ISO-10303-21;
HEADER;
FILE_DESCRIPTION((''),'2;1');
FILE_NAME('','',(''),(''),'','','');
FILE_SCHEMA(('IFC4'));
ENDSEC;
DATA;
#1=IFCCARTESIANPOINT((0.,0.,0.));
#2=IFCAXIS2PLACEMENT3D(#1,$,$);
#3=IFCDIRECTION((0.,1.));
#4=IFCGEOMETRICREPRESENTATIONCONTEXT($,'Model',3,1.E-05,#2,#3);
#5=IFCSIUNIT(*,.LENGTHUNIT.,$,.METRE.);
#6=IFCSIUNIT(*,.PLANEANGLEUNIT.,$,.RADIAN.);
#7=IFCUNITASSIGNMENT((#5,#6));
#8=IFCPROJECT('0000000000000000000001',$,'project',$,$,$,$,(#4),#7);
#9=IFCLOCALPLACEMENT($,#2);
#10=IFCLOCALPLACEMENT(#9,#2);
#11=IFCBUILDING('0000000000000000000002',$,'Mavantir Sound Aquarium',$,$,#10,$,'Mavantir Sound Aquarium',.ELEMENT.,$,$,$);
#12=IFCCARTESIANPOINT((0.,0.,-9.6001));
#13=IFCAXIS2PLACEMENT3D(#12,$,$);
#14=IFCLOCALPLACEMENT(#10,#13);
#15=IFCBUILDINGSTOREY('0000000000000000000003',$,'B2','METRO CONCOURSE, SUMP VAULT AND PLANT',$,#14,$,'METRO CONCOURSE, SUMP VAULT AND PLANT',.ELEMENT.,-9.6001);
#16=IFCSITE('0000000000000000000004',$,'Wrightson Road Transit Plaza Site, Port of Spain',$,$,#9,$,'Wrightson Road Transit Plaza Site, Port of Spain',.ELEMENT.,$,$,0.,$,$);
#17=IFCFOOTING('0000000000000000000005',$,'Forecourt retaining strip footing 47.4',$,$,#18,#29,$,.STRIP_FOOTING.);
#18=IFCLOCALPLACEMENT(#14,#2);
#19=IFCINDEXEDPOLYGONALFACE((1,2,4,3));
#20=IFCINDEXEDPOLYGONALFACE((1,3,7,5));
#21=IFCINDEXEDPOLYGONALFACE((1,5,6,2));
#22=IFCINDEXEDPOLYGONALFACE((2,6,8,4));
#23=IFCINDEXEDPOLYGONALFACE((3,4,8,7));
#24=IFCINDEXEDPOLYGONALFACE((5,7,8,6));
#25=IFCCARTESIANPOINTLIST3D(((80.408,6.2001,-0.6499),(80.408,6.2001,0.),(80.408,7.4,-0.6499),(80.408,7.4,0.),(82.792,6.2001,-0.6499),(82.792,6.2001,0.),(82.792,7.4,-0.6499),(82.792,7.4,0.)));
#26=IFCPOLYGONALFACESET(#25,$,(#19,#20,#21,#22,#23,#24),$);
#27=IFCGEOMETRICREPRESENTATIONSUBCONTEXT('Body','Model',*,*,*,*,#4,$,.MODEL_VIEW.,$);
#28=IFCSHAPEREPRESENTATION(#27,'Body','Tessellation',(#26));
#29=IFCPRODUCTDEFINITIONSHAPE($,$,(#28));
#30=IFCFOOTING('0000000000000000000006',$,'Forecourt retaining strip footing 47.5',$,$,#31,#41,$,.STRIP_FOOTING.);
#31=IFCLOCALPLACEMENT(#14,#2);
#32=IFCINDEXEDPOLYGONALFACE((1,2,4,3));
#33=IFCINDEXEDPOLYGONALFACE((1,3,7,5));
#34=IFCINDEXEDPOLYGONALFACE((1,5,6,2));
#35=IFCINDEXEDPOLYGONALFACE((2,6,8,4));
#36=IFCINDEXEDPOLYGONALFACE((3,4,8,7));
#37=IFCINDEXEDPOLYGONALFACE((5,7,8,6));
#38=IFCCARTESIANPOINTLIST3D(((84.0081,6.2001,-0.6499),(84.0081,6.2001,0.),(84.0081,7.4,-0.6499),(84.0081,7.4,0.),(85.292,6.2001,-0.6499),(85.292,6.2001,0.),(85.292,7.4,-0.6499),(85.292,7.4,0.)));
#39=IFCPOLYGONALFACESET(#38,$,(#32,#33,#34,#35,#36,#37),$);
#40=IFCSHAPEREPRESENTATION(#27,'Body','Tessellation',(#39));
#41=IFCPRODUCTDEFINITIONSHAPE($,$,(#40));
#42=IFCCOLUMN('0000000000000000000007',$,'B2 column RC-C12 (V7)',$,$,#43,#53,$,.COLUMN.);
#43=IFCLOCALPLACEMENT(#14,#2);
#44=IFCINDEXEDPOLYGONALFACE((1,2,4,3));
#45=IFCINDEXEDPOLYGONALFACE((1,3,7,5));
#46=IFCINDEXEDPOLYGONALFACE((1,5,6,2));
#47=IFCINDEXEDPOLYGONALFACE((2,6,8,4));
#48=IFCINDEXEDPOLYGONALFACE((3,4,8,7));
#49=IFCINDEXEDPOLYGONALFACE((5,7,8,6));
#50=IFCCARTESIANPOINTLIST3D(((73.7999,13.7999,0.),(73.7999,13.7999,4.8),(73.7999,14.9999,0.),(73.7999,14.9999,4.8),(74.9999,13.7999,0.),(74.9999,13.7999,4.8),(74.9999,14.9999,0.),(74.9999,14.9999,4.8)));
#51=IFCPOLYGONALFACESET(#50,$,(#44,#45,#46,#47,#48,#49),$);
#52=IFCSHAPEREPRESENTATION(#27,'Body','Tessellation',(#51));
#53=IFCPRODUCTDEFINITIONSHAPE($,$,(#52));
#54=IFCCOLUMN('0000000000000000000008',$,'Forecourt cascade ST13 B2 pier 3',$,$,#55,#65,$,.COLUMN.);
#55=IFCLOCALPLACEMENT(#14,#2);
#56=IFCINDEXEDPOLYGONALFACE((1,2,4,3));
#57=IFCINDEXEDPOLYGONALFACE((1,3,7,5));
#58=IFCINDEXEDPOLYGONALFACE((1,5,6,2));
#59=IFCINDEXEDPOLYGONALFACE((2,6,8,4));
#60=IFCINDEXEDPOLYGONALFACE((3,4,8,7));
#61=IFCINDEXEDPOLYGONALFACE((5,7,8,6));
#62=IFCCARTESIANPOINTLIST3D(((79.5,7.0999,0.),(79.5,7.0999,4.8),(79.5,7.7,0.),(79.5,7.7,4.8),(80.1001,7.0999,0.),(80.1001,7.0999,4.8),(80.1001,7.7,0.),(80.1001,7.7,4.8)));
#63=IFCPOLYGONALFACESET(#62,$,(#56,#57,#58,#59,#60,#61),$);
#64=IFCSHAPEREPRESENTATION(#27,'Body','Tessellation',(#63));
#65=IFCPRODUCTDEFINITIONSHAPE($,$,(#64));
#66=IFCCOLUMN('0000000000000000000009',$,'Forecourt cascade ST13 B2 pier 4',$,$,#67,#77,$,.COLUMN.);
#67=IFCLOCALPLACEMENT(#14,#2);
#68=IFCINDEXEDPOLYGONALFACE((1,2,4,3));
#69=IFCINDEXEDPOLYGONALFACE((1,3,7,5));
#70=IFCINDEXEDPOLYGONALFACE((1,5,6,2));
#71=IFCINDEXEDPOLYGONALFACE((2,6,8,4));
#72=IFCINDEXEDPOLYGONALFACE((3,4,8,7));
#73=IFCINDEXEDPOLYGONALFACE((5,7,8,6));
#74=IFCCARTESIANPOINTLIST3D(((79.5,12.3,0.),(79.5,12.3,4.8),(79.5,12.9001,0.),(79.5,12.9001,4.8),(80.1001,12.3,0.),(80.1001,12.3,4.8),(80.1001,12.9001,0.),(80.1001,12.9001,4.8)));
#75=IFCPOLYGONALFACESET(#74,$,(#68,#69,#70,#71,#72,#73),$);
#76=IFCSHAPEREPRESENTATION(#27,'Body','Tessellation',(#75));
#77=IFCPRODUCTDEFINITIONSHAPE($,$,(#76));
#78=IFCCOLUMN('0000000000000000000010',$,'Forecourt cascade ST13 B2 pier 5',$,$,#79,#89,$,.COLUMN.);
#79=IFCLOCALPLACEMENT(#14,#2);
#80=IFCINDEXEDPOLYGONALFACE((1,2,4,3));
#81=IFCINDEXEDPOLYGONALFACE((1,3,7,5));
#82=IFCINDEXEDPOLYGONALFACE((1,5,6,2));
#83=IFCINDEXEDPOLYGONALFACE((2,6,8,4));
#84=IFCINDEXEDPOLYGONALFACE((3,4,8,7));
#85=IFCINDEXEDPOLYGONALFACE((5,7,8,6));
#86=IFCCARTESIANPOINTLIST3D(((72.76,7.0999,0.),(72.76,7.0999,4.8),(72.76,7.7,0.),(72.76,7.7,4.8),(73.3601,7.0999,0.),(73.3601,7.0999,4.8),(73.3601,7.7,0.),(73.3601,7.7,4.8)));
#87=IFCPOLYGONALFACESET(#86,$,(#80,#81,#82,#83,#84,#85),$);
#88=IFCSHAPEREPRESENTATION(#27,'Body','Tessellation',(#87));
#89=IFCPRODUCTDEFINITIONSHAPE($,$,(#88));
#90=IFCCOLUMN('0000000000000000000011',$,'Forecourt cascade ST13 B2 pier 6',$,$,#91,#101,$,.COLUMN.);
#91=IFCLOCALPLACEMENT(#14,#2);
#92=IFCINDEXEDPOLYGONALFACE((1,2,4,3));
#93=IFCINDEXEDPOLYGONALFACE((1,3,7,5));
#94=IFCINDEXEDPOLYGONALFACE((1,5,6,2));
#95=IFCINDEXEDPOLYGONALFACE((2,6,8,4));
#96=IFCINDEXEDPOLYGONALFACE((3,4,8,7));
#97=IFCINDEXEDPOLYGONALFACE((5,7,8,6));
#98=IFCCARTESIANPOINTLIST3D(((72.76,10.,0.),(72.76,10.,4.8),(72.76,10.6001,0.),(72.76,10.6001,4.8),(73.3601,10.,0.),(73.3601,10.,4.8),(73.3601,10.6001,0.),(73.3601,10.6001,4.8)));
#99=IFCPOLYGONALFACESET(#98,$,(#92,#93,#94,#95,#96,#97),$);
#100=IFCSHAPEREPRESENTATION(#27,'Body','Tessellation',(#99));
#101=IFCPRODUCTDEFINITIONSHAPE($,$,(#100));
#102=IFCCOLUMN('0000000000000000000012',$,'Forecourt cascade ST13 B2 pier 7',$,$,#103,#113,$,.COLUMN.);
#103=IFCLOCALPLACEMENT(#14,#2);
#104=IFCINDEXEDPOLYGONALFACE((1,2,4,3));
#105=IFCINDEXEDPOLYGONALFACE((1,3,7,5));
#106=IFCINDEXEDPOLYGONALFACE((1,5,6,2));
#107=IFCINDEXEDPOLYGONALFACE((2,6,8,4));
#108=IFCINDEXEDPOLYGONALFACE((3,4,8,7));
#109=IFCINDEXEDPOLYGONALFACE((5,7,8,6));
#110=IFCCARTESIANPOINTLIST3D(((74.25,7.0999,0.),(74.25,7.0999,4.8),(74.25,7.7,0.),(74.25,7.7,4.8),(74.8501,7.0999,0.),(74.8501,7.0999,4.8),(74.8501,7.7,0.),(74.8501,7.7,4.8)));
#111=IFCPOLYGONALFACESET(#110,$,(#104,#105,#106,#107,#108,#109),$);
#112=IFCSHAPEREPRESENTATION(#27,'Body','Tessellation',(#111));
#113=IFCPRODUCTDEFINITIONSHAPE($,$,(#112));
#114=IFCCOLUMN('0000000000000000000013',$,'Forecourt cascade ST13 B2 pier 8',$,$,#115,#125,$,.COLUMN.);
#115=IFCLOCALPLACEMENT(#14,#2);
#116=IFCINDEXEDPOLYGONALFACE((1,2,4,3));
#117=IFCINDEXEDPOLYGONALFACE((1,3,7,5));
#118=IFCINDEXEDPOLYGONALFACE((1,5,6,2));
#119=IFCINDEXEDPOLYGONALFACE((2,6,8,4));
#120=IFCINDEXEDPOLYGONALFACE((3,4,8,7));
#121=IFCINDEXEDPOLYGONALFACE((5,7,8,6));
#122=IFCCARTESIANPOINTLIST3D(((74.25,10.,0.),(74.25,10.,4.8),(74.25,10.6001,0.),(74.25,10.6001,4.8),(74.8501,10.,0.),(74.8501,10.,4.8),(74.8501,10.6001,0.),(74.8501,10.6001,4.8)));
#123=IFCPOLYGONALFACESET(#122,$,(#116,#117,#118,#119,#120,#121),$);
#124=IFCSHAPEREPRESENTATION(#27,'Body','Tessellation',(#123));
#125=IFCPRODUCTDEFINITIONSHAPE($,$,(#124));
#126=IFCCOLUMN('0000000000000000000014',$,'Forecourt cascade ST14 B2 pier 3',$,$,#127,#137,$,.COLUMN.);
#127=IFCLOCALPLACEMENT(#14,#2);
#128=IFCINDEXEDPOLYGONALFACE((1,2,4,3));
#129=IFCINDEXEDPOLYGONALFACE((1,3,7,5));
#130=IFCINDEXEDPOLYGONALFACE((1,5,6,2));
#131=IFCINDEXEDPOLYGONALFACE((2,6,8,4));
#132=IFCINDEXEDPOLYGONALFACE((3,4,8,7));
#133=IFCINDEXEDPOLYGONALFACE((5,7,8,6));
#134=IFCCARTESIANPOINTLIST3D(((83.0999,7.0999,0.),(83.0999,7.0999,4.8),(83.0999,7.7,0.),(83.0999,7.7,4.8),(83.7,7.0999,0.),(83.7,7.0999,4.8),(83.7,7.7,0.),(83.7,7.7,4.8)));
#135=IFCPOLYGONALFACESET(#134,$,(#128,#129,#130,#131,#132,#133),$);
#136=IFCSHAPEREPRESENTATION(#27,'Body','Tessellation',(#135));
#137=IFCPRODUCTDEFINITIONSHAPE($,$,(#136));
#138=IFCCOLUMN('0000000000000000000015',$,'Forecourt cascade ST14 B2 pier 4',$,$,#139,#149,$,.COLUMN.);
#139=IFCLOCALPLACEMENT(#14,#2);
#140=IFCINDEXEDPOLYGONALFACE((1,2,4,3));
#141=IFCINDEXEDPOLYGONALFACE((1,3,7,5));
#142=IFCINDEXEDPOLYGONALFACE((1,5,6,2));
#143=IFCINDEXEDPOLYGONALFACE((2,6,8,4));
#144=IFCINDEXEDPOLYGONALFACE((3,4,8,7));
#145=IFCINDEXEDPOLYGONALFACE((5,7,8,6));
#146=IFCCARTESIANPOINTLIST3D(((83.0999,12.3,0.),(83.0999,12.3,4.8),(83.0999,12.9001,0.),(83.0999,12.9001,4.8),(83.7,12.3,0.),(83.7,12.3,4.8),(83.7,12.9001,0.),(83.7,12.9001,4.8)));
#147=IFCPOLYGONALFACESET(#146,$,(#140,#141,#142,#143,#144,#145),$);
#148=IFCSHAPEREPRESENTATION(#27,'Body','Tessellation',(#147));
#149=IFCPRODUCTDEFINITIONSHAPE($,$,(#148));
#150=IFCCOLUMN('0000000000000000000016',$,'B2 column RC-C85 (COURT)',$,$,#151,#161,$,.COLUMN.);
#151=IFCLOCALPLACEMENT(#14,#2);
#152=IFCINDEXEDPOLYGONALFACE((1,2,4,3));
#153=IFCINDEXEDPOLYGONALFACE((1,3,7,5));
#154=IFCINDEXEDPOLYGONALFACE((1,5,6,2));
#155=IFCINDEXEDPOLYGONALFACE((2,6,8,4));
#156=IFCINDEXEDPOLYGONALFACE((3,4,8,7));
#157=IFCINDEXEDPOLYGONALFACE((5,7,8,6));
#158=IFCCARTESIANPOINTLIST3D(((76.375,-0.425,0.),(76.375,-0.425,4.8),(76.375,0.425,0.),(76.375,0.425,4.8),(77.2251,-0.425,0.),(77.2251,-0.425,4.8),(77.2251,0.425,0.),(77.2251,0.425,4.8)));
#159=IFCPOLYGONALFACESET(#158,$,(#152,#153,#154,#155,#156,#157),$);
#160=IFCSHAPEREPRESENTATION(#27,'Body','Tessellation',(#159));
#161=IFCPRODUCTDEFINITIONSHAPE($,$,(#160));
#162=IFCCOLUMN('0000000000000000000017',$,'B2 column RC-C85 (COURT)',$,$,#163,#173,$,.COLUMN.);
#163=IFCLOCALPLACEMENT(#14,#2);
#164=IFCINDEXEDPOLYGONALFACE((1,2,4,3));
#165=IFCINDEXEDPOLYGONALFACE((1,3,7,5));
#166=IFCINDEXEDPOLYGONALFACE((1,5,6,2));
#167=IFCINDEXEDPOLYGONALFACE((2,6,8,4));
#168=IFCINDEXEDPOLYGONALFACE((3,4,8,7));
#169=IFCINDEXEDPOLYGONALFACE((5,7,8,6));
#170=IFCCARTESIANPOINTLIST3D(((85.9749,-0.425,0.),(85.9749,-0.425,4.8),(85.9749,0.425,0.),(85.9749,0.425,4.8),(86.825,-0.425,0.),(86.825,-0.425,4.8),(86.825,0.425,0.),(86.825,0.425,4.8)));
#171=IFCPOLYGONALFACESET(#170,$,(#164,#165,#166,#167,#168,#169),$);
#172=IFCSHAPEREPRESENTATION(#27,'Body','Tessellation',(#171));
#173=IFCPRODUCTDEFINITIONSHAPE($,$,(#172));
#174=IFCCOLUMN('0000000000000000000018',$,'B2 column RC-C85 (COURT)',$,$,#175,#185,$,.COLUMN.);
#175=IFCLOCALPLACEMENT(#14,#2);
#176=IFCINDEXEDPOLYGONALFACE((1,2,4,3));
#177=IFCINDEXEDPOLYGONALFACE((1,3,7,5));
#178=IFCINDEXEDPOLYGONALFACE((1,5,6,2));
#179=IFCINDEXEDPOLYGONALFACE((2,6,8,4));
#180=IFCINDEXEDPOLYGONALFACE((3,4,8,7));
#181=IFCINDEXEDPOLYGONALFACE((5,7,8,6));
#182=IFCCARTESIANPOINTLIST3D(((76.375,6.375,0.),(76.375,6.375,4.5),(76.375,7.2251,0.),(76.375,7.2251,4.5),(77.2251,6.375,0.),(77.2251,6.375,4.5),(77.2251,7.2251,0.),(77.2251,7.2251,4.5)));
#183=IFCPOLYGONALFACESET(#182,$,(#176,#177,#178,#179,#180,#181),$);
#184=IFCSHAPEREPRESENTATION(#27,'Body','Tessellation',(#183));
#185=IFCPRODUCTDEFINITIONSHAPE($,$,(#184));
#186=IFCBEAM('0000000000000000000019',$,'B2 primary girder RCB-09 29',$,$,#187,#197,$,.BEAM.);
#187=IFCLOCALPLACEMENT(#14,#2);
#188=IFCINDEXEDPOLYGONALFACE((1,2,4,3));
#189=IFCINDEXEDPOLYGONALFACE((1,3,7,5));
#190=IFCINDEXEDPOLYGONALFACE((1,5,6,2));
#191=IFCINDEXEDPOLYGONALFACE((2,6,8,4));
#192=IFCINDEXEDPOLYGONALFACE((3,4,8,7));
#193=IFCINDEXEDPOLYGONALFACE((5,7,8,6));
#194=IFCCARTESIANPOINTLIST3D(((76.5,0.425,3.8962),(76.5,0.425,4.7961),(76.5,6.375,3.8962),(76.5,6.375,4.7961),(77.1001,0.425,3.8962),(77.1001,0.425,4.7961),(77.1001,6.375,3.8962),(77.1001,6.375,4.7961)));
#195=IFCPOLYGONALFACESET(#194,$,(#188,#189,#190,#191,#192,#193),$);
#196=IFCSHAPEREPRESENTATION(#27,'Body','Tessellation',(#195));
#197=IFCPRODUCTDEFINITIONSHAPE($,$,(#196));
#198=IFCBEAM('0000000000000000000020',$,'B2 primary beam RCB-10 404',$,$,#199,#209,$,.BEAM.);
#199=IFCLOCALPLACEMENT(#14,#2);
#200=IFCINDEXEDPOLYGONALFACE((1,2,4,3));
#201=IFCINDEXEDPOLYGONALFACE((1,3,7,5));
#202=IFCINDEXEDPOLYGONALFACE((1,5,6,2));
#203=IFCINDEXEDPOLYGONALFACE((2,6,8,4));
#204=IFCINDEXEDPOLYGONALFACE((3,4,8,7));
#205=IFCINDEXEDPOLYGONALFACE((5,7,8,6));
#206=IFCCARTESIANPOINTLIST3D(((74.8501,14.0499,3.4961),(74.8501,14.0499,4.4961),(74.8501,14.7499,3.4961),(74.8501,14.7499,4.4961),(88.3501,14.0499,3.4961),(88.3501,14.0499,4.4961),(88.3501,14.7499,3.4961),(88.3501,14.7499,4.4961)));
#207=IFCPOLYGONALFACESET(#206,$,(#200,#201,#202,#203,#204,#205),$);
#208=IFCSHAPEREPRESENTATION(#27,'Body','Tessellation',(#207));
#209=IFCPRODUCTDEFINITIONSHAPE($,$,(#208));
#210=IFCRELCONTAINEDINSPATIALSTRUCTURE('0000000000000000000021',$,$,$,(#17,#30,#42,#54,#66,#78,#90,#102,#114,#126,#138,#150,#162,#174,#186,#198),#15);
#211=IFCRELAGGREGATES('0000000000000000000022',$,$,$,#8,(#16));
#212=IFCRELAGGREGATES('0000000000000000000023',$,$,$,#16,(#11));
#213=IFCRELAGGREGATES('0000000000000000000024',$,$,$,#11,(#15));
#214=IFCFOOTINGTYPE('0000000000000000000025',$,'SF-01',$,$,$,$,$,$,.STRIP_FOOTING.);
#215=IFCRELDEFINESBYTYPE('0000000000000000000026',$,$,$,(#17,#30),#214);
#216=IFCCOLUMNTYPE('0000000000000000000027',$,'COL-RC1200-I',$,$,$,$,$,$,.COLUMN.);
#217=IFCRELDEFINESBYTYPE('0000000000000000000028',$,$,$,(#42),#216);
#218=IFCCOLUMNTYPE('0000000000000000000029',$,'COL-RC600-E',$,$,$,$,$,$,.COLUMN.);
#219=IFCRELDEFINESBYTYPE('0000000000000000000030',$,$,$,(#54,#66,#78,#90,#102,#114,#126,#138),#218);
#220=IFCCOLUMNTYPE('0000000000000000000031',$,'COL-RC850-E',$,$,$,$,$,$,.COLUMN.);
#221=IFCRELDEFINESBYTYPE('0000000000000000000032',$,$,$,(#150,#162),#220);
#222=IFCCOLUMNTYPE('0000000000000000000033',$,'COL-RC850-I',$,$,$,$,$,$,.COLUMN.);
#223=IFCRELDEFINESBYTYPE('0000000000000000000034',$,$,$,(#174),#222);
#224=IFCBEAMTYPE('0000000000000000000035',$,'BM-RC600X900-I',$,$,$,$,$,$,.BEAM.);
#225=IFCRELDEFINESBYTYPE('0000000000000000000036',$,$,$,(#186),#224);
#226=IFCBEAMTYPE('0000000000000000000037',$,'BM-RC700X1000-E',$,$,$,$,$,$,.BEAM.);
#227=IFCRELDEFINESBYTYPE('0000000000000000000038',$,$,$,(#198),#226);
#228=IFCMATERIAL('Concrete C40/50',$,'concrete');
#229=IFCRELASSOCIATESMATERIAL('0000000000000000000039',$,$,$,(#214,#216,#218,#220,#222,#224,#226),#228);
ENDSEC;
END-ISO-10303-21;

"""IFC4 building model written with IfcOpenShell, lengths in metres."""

from ifc_helpers import new_model, si_unit, direction, frame, origin, origin_2d, place, context, subcontext, project, spatial, rectangle, extrude, material, material_profile, profile_set, type_object, element, save


model = new_model("IFC4")

# Units and contexts
model_context = context("Model", 3, precision=1e-05, world=origin(), true_north=direction((0.0, 1.0)))
body_context = subcontext(model_context, "Body", "Model", "MODEL_VIEW")
ifc_project = project(units=[si_unit("LENGTHUNIT", "METRE"), si_unit("PLANEANGLEUNIT", "RADIAN")], contexts=[model_context])

# Site, building, storey
site_placement = place(None, origin())
site = spatial("IfcSite", under=ifc_project, at=site_placement, Name="Wrightson Road Transit Plaza Site, Port of Spain", LongName="Wrightson Road Transit Plaza Site, Port of Spain", CompositionType="ELEMENT", RefElevation=0.0)
building_placement = place(site_placement, origin())
building = spatial("IfcBuilding", under=site, at=building_placement, Name="Mavantir Sound Aquarium", LongName="Mavantir Sound Aquarium", CompositionType="ELEMENT")
storey_placement = place(building_placement, frame((0.0, 0.0, -9.6001)))
storey = spatial("IfcBuildingStorey", under=building, at=storey_placement, Name="B2", Description="METRO CONCOURSE, SUMP VAULT AND PLANT", LongName="METRO CONCOURSE, SUMP VAULT AND PLANT", CompositionType="ELEMENT", Elevation=-9.6001)

# Shared definitions
ifc_material = material(Name="Concrete C40/50", Category="concrete")

# Footings
ifc_material_profile_1 = material_profile(ifc_material, rectangle(XDim=1.2, YDim=0.6499, at=origin_2d()), Name="RC 1200X650")
ifc_profile_set_1 = profile_set([ifc_material_profile_1], Name="Concrete C40/50")
footing_type_1 = type_object("IfcFootingType", Name="SF-01", PredefinedType="STRIP_FOOTING", material=ifc_profile_set_1)
footing_1_placement = place(storey_placement, frame((80.408, 6.8, -0.325), z_axis=(1.0, 0.0, 0.0), x_axis=(0.0, 1.0, 0.0)))
element("IfcFooting", 1, at=footing_1_placement, inside=storey, type_object=footing_type_1, Name="Forecourt retaining strip footing 47.4", PredefinedType="STRIP_FOOTING", context=body_context, shape_type="SweptSolid", body=[
    extrude(rectangle(XDim=1.2, YDim=0.6499, at=origin_2d()), origin(), (0.0, 0.0, 1.0), 2.384),
])
footing_2_placement = place(storey_placement, frame((84.0081, 6.8, -0.325), z_axis=(1.0, 0.0, 0.0), x_axis=(0.0, 1.0, 0.0)))
element("IfcFooting", 2, at=footing_2_placement, inside=storey, type_object=footing_type_1, Name="Forecourt retaining strip footing 47.5", PredefinedType="STRIP_FOOTING", context=body_context, shape_type="SweptSolid", body=[
    extrude(rectangle(XDim=1.2, YDim=0.6499, at=origin_2d()), origin(), (0.0, 0.0, 1.0), 1.2839),
])

# Columns
ifc_material_profile_2 = material_profile(ifc_material, rectangle(XDim=1.2, YDim=1.2, at=origin_2d()), Name="RC 1200X1200")
ifc_profile_set_2 = profile_set([ifc_material_profile_2], Name="Concrete C40/50")
column_type_1 = type_object("IfcColumnType", Name="COL-RC1200-I", PredefinedType="COLUMN", material=ifc_profile_set_2)
column_1_placement = place(storey_placement, frame((74.3999, 14.3999, 0.0), z_axis=(0.0, 0.0, 1.0), x_axis=(1.0, 0.0, 0.0)))
element("IfcColumn", 3, at=column_1_placement, inside=storey, type_object=column_type_1, Name="B2 column RC-C12 (V7)", PredefinedType="COLUMN", context=body_context, shape_type="SweptSolid", body=[
    extrude(rectangle(XDim=1.2, YDim=1.2, at=origin_2d()), origin(), (0.0, 0.0, 1.0), 4.8),
])
ifc_material_profile_3 = material_profile(ifc_material, rectangle(XDim=0.6001, YDim=0.6001, at=origin_2d()), Name="RC 600X600")
ifc_profile_set_3 = profile_set([ifc_material_profile_3], Name="Concrete C40/50")
column_type_2 = type_object("IfcColumnType", Name="COL-RC600-E", PredefinedType="COLUMN", material=ifc_profile_set_3)
for number, where, z_axis, x_axis, name in (
    (4, (79.8, 7.3999, 0.0), (0.0, 0.0, 1.0), (1.0, 0.0, 0.0), "Forecourt cascade ST13 B2 pier 3"),
    (5, (79.8, 12.6001, 0.0), (0.0, 0.0, 1.0), (1.0, 0.0, 0.0), "Forecourt cascade ST13 B2 pier 4"),
    (6, (73.0601, 7.3999, 0.0), (0.0, 0.0, 1.0), (1.0, 0.0, 0.0), "Forecourt cascade ST13 B2 pier 5"),
    (7, (73.0601, 10.3, 0.0), (0.0, 0.0, 1.0), (1.0, 0.0, 0.0), "Forecourt cascade ST13 B2 pier 6"),
    (8, (74.55, 7.3999, 0.0), (0.0, 0.0, 1.0), (1.0, 0.0, 0.0), "Forecourt cascade ST13 B2 pier 7"),
    (9, (74.55, 10.3, 0.0), (0.0, 0.0, 1.0), (1.0, 0.0, 0.0), "Forecourt cascade ST13 B2 pier 8"),
    (10, (83.3999, 7.3999, 0.0), (0.0, 0.0, 1.0), (1.0, 0.0, 0.0), "Forecourt cascade ST14 B2 pier 3"),
    (11, (83.3999, 12.6001, 0.0), (0.0, 0.0, 1.0), (1.0, 0.0, 0.0), "Forecourt cascade ST14 B2 pier 4"),
):
    element("IfcColumn", number, at=place(storey_placement, frame(where, z_axis=z_axis, x_axis=x_axis)), inside=storey, type_object=column_type_2, Name=name, PredefinedType="COLUMN", context=body_context, shape_type="SweptSolid", body=[
        extrude(rectangle(XDim=0.6001, YDim=0.6001, at=origin_2d()), origin(), (0.0, 0.0, 1.0), 4.8),
    ])
ifc_material_profile_4 = material_profile(ifc_material, rectangle(XDim=0.8501, YDim=0.8501, at=origin_2d()), Name="RC 850X850")
ifc_profile_set_4 = profile_set([ifc_material_profile_4], Name="Concrete C40/50")
column_type_3 = type_object("IfcColumnType", Name="COL-RC850-E", PredefinedType="COLUMN", material=ifc_profile_set_4)
for number, where, z_axis, x_axis, name in (
    (12, (76.8, 0.0, 0.0), (0.0, 0.0, 1.0), (1.0, 0.0, 0.0), "B2 column RC-C85 (COURT)"),
    (13, (86.3999, 0.0, 0.0), (0.0, 0.0, 1.0), (1.0, 0.0, 0.0), "B2 column RC-C85 (COURT)"),
):
    element("IfcColumn", number, at=place(storey_placement, frame(where, z_axis=z_axis, x_axis=x_axis)), inside=storey, type_object=column_type_3, Name=name, PredefinedType="COLUMN", context=body_context, shape_type="SweptSolid", body=[
        extrude(rectangle(XDim=0.8501, YDim=0.8501, at=origin_2d()), origin(), (0.0, 0.0, 1.0), 4.8),
    ])
ifc_material_profile_5 = material_profile(ifc_material, rectangle(XDim=0.8501, YDim=0.8501, at=origin_2d()), Name="RC 850X850")
ifc_profile_set_5 = profile_set([ifc_material_profile_5], Name="Concrete C40/50")
column_type_4 = type_object("IfcColumnType", Name="COL-RC850-I", PredefinedType="COLUMN", material=ifc_profile_set_5)
column_2_placement = place(storey_placement, frame((76.8, 6.8, 0.0), z_axis=(0.0, 0.0, 1.0), x_axis=(1.0, 0.0, 0.0)))
element("IfcColumn", 14, at=column_2_placement, inside=storey, type_object=column_type_4, Name="B2 column RC-C85 (COURT)", PredefinedType="COLUMN", context=body_context, shape_type="SweptSolid", body=[
    extrude(rectangle(XDim=0.8501, YDim=0.8501, at=origin_2d()), origin(), (0.0, 0.0, 1.0), 4.5),
])

# Beams
ifc_material_profile_6 = material_profile(ifc_material, rectangle(XDim=0.6001, YDim=0.8999, at=origin_2d()), Name="RC 600X900")
ifc_profile_set_6 = profile_set([ifc_material_profile_6], Name="Concrete C40/50")
beam_type_1 = type_object("IfcBeamType", Name="BM-RC600X900-I", PredefinedType="BEAM", material=ifc_profile_set_6)
beam_1_placement = place(storey_placement, frame((76.8, 0.425, 4.3462), z_axis=(0.0, 1.0, 0.0), x_axis=(-1.0, 0.0, 0.0)))
element("IfcBeam", 15, at=beam_1_placement, inside=storey, type_object=beam_type_1, Name="B2 primary girder RCB-09 29", PredefinedType="BEAM", context=body_context, shape_type="SweptSolid", body=[
    extrude(rectangle(XDim=0.6001, YDim=0.8999, at=origin_2d()), origin(), (0.0, 0.0, 1.0), 5.95),
])
ifc_material_profile_7 = material_profile(ifc_material, rectangle(XDim=0.7, YDim=1.0, at=origin_2d()), Name="RC 700X1000")
ifc_profile_set_7 = profile_set([ifc_material_profile_7], Name="Concrete C40/50")
beam_type_2 = type_object("IfcBeamType", Name="BM-RC700X1000-E", PredefinedType="BEAM", material=ifc_profile_set_7)
beam_2_placement = place(storey_placement, frame((74.8501, 14.3999, 3.9961), z_axis=(1.0, 0.0, 0.0), x_axis=(0.0, 1.0, 0.0)))
element("IfcBeam", 16, at=beam_2_placement, inside=storey, type_object=beam_type_2, Name="B2 primary beam RCB-10 404", PredefinedType="BEAM", context=body_context, shape_type="SweptSolid", body=[
    extrude(rectangle(XDim=0.7, YDim=1.0, at=origin_2d()), origin(), (0.0, 0.0, 1.0), 13.5),
])

save(model, "model.ifc")
